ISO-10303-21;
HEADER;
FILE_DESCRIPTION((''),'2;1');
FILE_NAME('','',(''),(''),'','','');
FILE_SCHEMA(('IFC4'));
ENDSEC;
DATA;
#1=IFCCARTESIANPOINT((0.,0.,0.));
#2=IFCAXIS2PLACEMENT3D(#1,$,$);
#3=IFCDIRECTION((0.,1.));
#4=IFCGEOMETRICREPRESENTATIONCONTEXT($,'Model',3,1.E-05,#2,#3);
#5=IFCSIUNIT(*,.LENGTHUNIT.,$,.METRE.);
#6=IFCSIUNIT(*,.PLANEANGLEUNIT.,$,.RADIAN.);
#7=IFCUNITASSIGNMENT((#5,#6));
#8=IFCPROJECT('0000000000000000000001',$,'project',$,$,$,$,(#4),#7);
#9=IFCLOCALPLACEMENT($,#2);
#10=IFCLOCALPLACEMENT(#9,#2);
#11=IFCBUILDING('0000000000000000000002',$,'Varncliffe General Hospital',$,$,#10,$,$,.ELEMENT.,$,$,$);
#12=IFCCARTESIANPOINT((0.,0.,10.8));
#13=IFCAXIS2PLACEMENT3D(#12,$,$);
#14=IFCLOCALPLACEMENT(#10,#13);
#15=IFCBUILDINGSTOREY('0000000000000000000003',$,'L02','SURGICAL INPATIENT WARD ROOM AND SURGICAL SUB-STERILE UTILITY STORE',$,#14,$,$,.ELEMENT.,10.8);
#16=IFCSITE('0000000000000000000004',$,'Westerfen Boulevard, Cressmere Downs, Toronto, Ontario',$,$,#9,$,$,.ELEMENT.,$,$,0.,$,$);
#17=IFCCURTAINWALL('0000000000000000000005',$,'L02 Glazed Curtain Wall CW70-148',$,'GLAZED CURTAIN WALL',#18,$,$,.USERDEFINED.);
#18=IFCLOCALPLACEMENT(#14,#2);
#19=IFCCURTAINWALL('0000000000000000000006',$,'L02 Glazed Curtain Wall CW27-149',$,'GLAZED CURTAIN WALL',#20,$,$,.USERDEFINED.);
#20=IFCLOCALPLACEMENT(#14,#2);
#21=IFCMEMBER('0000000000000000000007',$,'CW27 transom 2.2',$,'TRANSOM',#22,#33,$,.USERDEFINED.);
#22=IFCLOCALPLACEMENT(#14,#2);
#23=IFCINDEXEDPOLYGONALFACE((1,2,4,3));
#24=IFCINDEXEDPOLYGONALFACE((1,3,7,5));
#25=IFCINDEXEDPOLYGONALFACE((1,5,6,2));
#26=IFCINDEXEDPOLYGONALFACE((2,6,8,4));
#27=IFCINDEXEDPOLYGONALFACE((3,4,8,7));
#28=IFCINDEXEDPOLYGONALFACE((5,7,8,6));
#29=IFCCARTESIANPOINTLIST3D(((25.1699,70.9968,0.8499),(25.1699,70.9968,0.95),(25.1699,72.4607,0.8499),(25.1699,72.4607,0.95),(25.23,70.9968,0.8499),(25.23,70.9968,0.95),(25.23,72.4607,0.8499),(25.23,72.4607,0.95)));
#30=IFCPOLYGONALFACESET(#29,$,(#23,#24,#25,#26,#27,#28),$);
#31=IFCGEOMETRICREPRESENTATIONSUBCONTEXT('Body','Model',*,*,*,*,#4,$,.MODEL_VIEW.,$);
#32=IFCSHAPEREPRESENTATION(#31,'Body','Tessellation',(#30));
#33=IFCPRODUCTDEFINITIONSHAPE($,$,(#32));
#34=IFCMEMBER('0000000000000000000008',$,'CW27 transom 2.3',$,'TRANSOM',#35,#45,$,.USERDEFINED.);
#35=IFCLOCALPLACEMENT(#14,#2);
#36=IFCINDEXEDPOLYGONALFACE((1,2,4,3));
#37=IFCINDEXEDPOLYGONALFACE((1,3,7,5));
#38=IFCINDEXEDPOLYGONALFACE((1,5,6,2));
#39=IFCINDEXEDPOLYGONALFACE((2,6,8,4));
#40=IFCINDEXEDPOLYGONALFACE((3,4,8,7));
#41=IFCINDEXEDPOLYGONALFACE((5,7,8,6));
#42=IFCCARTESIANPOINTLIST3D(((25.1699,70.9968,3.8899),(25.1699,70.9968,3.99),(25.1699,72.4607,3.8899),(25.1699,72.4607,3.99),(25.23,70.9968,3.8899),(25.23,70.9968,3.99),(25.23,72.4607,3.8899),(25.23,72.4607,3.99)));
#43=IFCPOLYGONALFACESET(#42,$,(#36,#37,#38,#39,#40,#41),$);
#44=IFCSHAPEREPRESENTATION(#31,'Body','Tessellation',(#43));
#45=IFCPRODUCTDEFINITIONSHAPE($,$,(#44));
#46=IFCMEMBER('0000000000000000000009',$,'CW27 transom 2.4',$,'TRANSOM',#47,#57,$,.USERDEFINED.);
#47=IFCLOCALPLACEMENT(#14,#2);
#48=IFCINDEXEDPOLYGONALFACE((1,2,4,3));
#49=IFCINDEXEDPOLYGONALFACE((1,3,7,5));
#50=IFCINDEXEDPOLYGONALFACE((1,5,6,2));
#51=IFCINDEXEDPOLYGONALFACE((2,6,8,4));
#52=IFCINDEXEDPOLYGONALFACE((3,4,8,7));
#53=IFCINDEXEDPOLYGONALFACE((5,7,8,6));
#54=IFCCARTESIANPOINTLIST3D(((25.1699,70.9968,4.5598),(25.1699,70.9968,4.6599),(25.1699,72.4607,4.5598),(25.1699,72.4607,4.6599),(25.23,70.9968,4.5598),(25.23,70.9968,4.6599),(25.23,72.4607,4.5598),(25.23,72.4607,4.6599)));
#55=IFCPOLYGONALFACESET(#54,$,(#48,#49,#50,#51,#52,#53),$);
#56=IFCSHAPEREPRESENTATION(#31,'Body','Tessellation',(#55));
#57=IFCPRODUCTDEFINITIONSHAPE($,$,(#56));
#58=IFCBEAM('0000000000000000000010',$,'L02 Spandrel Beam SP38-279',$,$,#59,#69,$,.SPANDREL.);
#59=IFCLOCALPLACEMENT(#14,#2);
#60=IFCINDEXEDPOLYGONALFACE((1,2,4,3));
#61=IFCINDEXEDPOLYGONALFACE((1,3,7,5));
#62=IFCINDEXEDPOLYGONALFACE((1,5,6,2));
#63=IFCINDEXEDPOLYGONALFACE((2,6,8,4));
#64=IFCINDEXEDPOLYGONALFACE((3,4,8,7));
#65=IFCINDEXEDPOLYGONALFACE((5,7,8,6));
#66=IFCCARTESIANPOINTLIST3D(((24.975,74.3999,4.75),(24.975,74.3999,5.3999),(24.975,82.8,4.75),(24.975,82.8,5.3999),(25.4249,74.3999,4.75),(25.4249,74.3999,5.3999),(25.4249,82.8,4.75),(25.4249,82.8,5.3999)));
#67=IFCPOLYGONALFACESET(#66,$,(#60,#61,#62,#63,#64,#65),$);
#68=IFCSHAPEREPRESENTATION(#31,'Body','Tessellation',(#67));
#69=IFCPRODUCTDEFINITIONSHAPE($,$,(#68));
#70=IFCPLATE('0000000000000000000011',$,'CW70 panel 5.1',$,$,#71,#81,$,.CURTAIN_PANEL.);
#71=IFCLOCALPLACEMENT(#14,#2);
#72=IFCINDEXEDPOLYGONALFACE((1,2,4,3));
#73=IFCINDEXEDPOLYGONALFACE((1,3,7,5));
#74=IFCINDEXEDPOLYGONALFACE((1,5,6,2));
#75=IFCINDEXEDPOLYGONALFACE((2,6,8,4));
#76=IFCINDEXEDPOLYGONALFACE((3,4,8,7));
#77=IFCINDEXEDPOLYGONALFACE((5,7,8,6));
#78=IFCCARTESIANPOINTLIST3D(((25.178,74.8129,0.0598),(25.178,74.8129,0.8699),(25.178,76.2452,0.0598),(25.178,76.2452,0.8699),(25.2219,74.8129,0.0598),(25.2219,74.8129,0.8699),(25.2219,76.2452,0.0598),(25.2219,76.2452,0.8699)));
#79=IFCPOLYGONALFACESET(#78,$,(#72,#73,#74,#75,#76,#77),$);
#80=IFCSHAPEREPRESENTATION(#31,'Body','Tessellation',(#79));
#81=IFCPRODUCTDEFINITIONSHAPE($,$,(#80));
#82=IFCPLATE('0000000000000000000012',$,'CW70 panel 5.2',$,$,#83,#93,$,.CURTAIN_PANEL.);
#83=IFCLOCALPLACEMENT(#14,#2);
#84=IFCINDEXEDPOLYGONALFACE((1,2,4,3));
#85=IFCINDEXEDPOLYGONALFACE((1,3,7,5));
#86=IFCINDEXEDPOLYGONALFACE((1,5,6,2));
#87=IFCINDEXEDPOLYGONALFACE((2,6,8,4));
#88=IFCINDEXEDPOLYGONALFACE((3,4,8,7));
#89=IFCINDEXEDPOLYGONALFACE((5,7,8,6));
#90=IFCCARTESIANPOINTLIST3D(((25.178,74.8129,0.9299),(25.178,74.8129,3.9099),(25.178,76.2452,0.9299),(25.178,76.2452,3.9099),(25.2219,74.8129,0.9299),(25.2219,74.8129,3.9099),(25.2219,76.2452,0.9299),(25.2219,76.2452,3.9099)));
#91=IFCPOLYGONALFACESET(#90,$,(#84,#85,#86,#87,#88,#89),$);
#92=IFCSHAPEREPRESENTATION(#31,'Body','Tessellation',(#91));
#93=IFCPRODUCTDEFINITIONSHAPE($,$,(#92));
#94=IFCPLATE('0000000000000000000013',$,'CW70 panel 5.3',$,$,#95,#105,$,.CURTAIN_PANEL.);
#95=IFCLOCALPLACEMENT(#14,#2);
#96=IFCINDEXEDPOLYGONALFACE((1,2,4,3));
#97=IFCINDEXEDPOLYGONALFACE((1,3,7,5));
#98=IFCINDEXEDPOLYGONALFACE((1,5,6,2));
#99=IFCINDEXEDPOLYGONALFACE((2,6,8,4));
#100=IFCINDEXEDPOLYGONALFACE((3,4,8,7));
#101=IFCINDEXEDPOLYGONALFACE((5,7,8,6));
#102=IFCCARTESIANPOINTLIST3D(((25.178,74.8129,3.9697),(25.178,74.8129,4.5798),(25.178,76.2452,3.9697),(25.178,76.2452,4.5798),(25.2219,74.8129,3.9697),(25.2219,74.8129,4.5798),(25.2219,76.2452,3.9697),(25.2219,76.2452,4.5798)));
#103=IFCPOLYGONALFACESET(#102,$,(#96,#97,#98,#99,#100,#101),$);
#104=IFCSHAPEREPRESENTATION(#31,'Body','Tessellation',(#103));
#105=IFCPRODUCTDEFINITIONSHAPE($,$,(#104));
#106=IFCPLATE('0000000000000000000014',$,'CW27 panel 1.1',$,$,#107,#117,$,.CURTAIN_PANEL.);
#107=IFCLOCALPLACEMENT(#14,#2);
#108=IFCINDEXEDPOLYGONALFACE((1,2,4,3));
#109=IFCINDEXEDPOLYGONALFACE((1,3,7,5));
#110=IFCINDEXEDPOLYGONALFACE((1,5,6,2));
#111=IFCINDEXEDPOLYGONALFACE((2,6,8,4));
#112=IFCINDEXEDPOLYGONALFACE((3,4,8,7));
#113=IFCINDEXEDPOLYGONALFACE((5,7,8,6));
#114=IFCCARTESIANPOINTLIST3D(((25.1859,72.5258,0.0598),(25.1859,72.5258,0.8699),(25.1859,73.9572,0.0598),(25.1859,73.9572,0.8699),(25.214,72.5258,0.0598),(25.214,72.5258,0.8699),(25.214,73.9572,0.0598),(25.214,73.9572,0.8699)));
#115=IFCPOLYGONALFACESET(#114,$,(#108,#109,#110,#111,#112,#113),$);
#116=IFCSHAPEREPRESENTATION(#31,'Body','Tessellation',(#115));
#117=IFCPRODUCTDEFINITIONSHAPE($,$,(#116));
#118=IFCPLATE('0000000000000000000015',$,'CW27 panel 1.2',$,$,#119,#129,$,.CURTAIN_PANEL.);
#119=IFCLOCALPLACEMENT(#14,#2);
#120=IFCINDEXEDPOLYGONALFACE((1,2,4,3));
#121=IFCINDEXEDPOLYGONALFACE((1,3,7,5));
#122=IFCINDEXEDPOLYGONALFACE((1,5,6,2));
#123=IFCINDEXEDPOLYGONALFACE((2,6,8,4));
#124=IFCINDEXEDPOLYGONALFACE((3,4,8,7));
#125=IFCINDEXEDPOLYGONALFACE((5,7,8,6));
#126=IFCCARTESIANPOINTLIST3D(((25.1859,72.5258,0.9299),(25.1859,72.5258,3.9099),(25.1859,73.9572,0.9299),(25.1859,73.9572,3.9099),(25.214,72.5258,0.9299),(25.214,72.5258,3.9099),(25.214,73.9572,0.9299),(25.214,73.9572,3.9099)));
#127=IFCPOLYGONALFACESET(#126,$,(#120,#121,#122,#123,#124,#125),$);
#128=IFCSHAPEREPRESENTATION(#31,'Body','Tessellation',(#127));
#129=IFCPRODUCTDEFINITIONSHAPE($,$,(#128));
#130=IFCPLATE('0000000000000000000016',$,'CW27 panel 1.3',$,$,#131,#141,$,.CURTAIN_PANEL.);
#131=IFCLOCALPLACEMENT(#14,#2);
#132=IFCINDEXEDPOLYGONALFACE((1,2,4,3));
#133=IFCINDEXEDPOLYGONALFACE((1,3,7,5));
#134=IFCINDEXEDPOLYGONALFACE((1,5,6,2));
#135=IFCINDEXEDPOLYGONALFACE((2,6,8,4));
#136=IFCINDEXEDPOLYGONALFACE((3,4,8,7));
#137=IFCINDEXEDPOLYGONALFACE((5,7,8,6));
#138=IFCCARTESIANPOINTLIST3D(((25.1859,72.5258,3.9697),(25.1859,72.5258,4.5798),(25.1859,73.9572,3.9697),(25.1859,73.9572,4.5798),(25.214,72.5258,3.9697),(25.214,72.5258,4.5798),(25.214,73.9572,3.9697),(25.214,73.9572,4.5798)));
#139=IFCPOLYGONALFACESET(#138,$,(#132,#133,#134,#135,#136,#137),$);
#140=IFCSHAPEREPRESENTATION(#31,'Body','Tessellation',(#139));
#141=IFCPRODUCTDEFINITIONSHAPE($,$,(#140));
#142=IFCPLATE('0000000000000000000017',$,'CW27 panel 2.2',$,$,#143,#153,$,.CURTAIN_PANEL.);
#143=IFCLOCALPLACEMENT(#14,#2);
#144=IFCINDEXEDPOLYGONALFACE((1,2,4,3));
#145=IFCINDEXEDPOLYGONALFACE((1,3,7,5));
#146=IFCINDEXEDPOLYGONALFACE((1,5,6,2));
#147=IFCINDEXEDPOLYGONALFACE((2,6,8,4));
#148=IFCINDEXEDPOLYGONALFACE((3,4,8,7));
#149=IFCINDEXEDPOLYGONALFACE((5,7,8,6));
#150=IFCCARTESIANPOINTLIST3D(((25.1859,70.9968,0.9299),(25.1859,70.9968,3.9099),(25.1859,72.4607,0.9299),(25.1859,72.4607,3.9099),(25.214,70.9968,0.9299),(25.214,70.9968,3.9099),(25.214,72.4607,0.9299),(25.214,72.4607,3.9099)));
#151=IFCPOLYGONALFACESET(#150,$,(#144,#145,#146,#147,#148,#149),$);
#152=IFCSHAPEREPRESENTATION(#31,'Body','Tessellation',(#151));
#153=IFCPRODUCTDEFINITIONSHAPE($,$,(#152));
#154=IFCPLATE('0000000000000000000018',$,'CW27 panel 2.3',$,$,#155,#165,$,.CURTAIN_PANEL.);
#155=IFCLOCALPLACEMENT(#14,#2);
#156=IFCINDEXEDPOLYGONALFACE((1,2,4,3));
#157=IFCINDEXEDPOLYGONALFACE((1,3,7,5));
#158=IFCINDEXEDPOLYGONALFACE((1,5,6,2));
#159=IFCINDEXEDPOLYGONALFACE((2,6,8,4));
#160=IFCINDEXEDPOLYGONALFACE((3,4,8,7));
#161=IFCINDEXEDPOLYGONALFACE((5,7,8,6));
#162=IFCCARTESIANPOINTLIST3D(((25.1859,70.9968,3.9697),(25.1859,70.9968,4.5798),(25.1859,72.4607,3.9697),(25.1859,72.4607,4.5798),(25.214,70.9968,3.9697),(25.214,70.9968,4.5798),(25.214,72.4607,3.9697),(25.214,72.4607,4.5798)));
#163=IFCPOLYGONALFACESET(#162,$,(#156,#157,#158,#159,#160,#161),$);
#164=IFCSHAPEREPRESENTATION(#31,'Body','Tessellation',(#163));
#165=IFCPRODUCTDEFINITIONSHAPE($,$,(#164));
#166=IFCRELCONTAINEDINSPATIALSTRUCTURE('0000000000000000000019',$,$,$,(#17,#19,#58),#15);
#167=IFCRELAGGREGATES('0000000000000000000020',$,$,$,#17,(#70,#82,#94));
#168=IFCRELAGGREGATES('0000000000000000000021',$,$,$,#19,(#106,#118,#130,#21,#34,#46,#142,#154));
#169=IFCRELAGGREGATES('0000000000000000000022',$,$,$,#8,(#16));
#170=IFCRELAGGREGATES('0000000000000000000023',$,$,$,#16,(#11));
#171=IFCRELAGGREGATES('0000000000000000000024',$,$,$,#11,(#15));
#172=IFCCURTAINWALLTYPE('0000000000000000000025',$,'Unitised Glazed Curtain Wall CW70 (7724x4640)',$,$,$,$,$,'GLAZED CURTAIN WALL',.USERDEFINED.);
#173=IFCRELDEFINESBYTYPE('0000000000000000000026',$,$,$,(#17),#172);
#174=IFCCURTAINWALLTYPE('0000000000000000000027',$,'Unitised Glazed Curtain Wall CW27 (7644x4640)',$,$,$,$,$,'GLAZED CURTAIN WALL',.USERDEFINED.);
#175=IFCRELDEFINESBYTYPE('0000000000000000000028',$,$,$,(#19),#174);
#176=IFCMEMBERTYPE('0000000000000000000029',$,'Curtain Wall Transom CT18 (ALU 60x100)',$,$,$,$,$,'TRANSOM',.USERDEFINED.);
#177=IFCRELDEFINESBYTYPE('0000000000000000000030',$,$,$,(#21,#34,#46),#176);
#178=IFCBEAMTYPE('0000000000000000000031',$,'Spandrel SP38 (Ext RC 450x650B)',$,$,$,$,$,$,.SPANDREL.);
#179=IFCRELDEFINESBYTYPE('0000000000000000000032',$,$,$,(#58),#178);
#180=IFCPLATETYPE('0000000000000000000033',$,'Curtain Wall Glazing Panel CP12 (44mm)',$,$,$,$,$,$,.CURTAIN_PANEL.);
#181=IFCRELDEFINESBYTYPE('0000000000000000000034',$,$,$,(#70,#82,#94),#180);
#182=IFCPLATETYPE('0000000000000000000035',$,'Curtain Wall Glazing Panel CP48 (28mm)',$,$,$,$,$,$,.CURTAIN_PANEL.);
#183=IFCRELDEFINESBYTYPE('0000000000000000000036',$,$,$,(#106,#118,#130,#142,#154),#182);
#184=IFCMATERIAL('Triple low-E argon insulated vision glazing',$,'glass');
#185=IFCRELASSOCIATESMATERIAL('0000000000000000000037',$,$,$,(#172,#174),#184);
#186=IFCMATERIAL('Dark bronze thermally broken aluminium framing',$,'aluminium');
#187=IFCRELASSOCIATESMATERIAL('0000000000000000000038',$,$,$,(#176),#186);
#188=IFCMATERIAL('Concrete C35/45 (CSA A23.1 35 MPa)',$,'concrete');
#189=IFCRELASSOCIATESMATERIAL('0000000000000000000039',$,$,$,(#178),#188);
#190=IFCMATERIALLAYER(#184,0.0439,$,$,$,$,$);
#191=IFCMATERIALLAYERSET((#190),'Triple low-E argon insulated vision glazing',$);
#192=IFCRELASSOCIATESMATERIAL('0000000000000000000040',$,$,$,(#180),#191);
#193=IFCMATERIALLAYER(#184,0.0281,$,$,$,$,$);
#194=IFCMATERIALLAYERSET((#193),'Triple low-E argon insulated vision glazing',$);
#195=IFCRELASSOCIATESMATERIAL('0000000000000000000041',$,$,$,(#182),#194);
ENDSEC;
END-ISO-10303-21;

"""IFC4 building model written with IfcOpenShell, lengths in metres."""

from ifc_helpers import new_model, si_unit, direction, frame, origin, origin_2d, place, context, subcontext, project, spatial, rectangle, extrude, material, layer, layer_set, material_profile, profile_set, type_object, element, aggregate, save


model = new_model("IFC4")

# Units and contexts
model_context = context("Model", 3, precision=1e-05, world=origin(), true_north=direction((0.0, 1.0)))
body_context = subcontext(model_context, "Body", "Model", "MODEL_VIEW")
ifc_project = project(units=[si_unit("LENGTHUNIT", "METRE"), si_unit("PLANEANGLEUNIT", "RADIAN")], contexts=[model_context])

# Site, building, storey
site_placement = place(None, origin())
site = spatial("IfcSite", under=ifc_project, at=site_placement, Name="Westerfen Boulevard, Cressmere Downs, Toronto, Ontario", CompositionType="ELEMENT", RefElevation=0.0)
building_placement = place(site_placement, origin())
building = spatial("IfcBuilding", under=site, at=building_placement, Name="Varncliffe General Hospital", CompositionType="ELEMENT")
storey_placement = place(building_placement, frame((0.0, 0.0, 10.8)))
storey = spatial("IfcBuildingStorey", under=building, at=storey_placement, Name="L02", Description="SURGICAL INPATIENT WARD ROOM AND SURGICAL SUB-STERILE UTILITY STORE", CompositionType="ELEMENT", Elevation=10.8)

# Curtain walls
ifc_material_1 = material(Name="Triple low-E argon insulated vision glazing", Category="glass")
curtain_wall_type_1 = type_object("IfcCurtainWallType", Name="Unitised Glazed Curtain Wall CW70 (7724x4640)", ElementType="GLAZED CURTAIN WALL", PredefinedType="USERDEFINED", material=ifc_material_1)
curtain_wall_1_placement = place(storey_placement, origin())
curtain_wall_1 = element("IfcCurtainWall", 1, at=curtain_wall_1_placement, inside=storey, type_object=curtain_wall_type_1, Name="L02 Glazed Curtain Wall CW70-148", ObjectType="GLAZED CURTAIN WALL", PredefinedType="USERDEFINED")
ifc_material_2 = material(Name="Dark bronze thermally broken aluminium framing", Category="aluminium")
curtain_wall_type_2 = type_object("IfcCurtainWallType", Name="Unitised Glazed Curtain Wall CW27 (7644x4640)", ElementType="GLAZED CURTAIN WALL", PredefinedType="USERDEFINED", material=ifc_material_1)
curtain_wall_2_placement = place(storey_placement, origin())
curtain_wall_2 = element("IfcCurtainWall", 2, at=curtain_wall_2_placement, inside=storey, type_object=curtain_wall_type_2, Name="L02 Glazed Curtain Wall CW27-149", ObjectType="GLAZED CURTAIN WALL", PredefinedType="USERDEFINED")

# Members
ifc_material_profile_1 = material_profile(ifc_material_2, rectangle(XDim=0.0601, YDim=0.1001, at=origin_2d()), Name="ALU 60x100")
ifc_profile_set_1 = profile_set([ifc_material_profile_1], Name="Dark bronze thermally broken aluminium framing")
member_type_1 = type_object("IfcMemberType", Name="Curtain Wall Transom CT18 (ALU 60x100)", ElementType="TRANSOM", PredefinedType="USERDEFINED", material=ifc_profile_set_1)
member_1_placement = place(storey_placement, frame((25.2, 72.4607, 0.8999), z_axis=(0.0, -1.0, 0.0), x_axis=(1.0, 0.0, 0.0)))
member_1 = element("IfcMember", 3, at=member_1_placement, type_object=member_type_1, Name="CW27 transom 2.2", ObjectType="TRANSOM", PredefinedType="USERDEFINED", context=body_context, shape_type="SweptSolid", body=[
    extrude(rectangle(XDim=0.0601, YDim=0.1001, at=origin_2d()), origin(), (0.0, 0.0, 1.0), 1.4639),
])
member_2_placement = place(storey_placement, frame((25.2, 72.4607, 3.9399), z_axis=(0.0, -1.0, 0.0), x_axis=(1.0, 0.0, 0.0)))
member_2 = element("IfcMember", 4, at=member_2_placement, type_object=member_type_1, Name="CW27 transom 2.3", ObjectType="TRANSOM", PredefinedType="USERDEFINED", context=body_context, shape_type="SweptSolid", body=[
    extrude(rectangle(XDim=0.0601, YDim=0.1001, at=origin_2d()), origin(), (0.0, 0.0, 1.0), 1.4639),
])
member_3_placement = place(storey_placement, frame((25.2, 72.4607, 4.6099), z_axis=(0.0, -1.0, 0.0), x_axis=(1.0, 0.0, 0.0)))
member_3 = element("IfcMember", 5, at=member_3_placement, type_object=member_type_1, Name="CW27 transom 2.4", ObjectType="TRANSOM", PredefinedType="USERDEFINED", context=body_context, shape_type="SweptSolid", body=[
    extrude(rectangle(XDim=0.0601, YDim=0.1001, at=origin_2d()), origin(), (0.0, 0.0, 1.0), 1.4639),
])

# Beam
ifc_material_3 = material(Name="Concrete C35/45 (CSA A23.1 35 MPa)", Category="concrete")
ifc_material_profile_2 = material_profile(ifc_material_3, rectangle(XDim=0.45, YDim=0.6499, at=origin_2d()), Name="RC 450x650")
ifc_profile_set_2 = profile_set([ifc_material_profile_2], Name="Concrete C35/45 (CSA A23.1 35 MPa)")
beam_type = type_object("IfcBeamType", Name="Spandrel SP38 (Ext RC 450x650B)", PredefinedType="SPANDREL", material=ifc_profile_set_2)
beam_placement = place(storey_placement, frame((25.2, 74.3999, 5.075), z_axis=(0.0, 1.0, 0.0), x_axis=(-1.0, 0.0, 0.0)))
element("IfcBeam", 6, at=beam_placement, inside=storey, type_object=beam_type, Name="L02 Spandrel Beam SP38-279", PredefinedType="SPANDREL", context=body_context, shape_type="SweptSolid", body=[
    extrude(rectangle(XDim=0.45, YDim=0.6499, at=origin_2d()), origin(), (0.0, 0.0, 1.0), 8.4001),
])

# Plates
ifc_layer_1 = layer(ifc_material_1, 0.0439)
ifc_layer_set_1 = layer_set([ifc_layer_1], Name="Triple low-E argon insulated vision glazing")
plate_type_1 = type_object("IfcPlateType", Name="Curtain Wall Glazing Panel CP12 (44mm)", PredefinedType="CURTAIN_PANEL", material=ifc_layer_set_1)
plate_1_placement = place(storey_placement, frame((25.2, 75.5291, 0.0598), z_axis=(0.0, 0.0, 1.0), x_axis=(0.0, -1.0, 0.0)))
plate_1 = element("IfcPlate", 7, at=plate_1_placement, type_object=plate_type_1, Name="CW70 panel 5.1", PredefinedType="CURTAIN_PANEL", context=body_context, shape_type="SweptSolid", body=[
    extrude(rectangle(XDim=1.4324, YDim=0.0439, at=origin_2d()), origin(), (0.0, 0.0, 1.0), 0.8101),
])
plate_2_placement = place(storey_placement, frame((25.2, 75.5291, 0.9299), z_axis=(0.0, 0.0, 1.0), x_axis=(0.0, -1.0, 0.0)))
plate_2 = element("IfcPlate", 8, at=plate_2_placement, type_object=plate_type_1, Name="CW70 panel 5.2", PredefinedType="CURTAIN_PANEL", context=body_context, shape_type="SweptSolid", body=[
    extrude(rectangle(XDim=1.4324, YDim=0.0439, at=origin_2d()), origin(), (0.0, 0.0, 1.0), 2.98),
])
plate_3_placement = place(storey_placement, frame((25.2, 75.5291, 3.9697), z_axis=(0.0, 0.0, 1.0), x_axis=(0.0, -1.0, 0.0)))
plate_3 = element("IfcPlate", 9, at=plate_3_placement, type_object=plate_type_1, Name="CW70 panel 5.3", PredefinedType="CURTAIN_PANEL", context=body_context, shape_type="SweptSolid", body=[
    extrude(rectangle(XDim=1.4324, YDim=0.0439, at=origin_2d()), origin(), (0.0, 0.0, 1.0), 0.6101),
])
aggregate(curtain_wall_1, [plate_1, plate_2, plate_3])
ifc_layer_2 = layer(ifc_material_1, 0.0281)
ifc_layer_set_2 = layer_set([ifc_layer_2], Name="Triple low-E argon insulated vision glazing")
plate_type_2 = type_object("IfcPlateType", Name="Curtain Wall Glazing Panel CP48 (28mm)", PredefinedType="CURTAIN_PANEL", material=ifc_layer_set_2)
plate_4_placement = place(storey_placement, frame((25.2, 73.2415, 0.0598), z_axis=(0.0, 0.0, 1.0), x_axis=(0.0, -1.0, 0.0)))
plate_4 = element("IfcPlate", 10, at=plate_4_placement, type_object=plate_type_2, Name="CW27 panel 1.1", PredefinedType="CURTAIN_PANEL", context=body_context, shape_type="SweptSolid", body=[
    extrude(rectangle(XDim=1.4314, YDim=0.0281, at=origin_2d()), origin(), (0.0, 0.0, 1.0), 0.8101),
])
plate_5_placement = place(storey_placement, frame((25.2, 73.2415, 0.9299), z_axis=(0.0, 0.0, 1.0), x_axis=(0.0, -1.0, 0.0)))
plate_5 = element("IfcPlate", 11, at=plate_5_placement, type_object=plate_type_2, Name="CW27 panel 1.2", PredefinedType="CURTAIN_PANEL", context=body_context, shape_type="SweptSolid", body=[
    extrude(rectangle(XDim=1.4314, YDim=0.0281, at=origin_2d()), origin(), (0.0, 0.0, 1.0), 2.98),
])
plate_6_placement = place(storey_placement, frame((25.2, 73.2415, 3.9697), z_axis=(0.0, 0.0, 1.0), x_axis=(0.0, -1.0, 0.0)))
plate_6 = element("IfcPlate", 12, at=plate_6_placement, type_object=plate_type_2, Name="CW27 panel 1.3", PredefinedType="CURTAIN_PANEL", context=body_context, shape_type="SweptSolid", body=[
    extrude(rectangle(XDim=1.4314, YDim=0.0281, at=origin_2d()), origin(), (0.0, 0.0, 1.0), 0.6101),
])
plate_7_placement = place(storey_placement, frame((25.2, 71.7288, 0.9299), z_axis=(0.0, 0.0, 1.0), x_axis=(0.0, -1.0, 0.0)))
plate_7 = element("IfcPlate", 13, at=plate_7_placement, type_object=plate_type_2, Name="CW27 panel 2.2", PredefinedType="CURTAIN_PANEL", context=body_context, shape_type="SweptSolid", body=[
    extrude(rectangle(XDim=1.4639, YDim=0.0281, at=origin_2d()), origin(), (0.0, 0.0, 1.0), 2.98),
])
plate_8_placement = place(storey_placement, frame((25.2, 71.7288, 3.9697), z_axis=(0.0, 0.0, 1.0), x_axis=(0.0, -1.0, 0.0)))
plate_8 = element("IfcPlate", 14, at=plate_8_placement, type_object=plate_type_2, Name="CW27 panel 2.3", PredefinedType="CURTAIN_PANEL", context=body_context, shape_type="SweptSolid", body=[
    extrude(rectangle(XDim=1.4639, YDim=0.0281, at=origin_2d()), origin(), (0.0, 0.0, 1.0), 0.6101),
])
aggregate(curtain_wall_2, [plate_4, plate_5, plate_6, member_1, member_2, member_3, plate_7, plate_8])

save(model, "model.ifc")
